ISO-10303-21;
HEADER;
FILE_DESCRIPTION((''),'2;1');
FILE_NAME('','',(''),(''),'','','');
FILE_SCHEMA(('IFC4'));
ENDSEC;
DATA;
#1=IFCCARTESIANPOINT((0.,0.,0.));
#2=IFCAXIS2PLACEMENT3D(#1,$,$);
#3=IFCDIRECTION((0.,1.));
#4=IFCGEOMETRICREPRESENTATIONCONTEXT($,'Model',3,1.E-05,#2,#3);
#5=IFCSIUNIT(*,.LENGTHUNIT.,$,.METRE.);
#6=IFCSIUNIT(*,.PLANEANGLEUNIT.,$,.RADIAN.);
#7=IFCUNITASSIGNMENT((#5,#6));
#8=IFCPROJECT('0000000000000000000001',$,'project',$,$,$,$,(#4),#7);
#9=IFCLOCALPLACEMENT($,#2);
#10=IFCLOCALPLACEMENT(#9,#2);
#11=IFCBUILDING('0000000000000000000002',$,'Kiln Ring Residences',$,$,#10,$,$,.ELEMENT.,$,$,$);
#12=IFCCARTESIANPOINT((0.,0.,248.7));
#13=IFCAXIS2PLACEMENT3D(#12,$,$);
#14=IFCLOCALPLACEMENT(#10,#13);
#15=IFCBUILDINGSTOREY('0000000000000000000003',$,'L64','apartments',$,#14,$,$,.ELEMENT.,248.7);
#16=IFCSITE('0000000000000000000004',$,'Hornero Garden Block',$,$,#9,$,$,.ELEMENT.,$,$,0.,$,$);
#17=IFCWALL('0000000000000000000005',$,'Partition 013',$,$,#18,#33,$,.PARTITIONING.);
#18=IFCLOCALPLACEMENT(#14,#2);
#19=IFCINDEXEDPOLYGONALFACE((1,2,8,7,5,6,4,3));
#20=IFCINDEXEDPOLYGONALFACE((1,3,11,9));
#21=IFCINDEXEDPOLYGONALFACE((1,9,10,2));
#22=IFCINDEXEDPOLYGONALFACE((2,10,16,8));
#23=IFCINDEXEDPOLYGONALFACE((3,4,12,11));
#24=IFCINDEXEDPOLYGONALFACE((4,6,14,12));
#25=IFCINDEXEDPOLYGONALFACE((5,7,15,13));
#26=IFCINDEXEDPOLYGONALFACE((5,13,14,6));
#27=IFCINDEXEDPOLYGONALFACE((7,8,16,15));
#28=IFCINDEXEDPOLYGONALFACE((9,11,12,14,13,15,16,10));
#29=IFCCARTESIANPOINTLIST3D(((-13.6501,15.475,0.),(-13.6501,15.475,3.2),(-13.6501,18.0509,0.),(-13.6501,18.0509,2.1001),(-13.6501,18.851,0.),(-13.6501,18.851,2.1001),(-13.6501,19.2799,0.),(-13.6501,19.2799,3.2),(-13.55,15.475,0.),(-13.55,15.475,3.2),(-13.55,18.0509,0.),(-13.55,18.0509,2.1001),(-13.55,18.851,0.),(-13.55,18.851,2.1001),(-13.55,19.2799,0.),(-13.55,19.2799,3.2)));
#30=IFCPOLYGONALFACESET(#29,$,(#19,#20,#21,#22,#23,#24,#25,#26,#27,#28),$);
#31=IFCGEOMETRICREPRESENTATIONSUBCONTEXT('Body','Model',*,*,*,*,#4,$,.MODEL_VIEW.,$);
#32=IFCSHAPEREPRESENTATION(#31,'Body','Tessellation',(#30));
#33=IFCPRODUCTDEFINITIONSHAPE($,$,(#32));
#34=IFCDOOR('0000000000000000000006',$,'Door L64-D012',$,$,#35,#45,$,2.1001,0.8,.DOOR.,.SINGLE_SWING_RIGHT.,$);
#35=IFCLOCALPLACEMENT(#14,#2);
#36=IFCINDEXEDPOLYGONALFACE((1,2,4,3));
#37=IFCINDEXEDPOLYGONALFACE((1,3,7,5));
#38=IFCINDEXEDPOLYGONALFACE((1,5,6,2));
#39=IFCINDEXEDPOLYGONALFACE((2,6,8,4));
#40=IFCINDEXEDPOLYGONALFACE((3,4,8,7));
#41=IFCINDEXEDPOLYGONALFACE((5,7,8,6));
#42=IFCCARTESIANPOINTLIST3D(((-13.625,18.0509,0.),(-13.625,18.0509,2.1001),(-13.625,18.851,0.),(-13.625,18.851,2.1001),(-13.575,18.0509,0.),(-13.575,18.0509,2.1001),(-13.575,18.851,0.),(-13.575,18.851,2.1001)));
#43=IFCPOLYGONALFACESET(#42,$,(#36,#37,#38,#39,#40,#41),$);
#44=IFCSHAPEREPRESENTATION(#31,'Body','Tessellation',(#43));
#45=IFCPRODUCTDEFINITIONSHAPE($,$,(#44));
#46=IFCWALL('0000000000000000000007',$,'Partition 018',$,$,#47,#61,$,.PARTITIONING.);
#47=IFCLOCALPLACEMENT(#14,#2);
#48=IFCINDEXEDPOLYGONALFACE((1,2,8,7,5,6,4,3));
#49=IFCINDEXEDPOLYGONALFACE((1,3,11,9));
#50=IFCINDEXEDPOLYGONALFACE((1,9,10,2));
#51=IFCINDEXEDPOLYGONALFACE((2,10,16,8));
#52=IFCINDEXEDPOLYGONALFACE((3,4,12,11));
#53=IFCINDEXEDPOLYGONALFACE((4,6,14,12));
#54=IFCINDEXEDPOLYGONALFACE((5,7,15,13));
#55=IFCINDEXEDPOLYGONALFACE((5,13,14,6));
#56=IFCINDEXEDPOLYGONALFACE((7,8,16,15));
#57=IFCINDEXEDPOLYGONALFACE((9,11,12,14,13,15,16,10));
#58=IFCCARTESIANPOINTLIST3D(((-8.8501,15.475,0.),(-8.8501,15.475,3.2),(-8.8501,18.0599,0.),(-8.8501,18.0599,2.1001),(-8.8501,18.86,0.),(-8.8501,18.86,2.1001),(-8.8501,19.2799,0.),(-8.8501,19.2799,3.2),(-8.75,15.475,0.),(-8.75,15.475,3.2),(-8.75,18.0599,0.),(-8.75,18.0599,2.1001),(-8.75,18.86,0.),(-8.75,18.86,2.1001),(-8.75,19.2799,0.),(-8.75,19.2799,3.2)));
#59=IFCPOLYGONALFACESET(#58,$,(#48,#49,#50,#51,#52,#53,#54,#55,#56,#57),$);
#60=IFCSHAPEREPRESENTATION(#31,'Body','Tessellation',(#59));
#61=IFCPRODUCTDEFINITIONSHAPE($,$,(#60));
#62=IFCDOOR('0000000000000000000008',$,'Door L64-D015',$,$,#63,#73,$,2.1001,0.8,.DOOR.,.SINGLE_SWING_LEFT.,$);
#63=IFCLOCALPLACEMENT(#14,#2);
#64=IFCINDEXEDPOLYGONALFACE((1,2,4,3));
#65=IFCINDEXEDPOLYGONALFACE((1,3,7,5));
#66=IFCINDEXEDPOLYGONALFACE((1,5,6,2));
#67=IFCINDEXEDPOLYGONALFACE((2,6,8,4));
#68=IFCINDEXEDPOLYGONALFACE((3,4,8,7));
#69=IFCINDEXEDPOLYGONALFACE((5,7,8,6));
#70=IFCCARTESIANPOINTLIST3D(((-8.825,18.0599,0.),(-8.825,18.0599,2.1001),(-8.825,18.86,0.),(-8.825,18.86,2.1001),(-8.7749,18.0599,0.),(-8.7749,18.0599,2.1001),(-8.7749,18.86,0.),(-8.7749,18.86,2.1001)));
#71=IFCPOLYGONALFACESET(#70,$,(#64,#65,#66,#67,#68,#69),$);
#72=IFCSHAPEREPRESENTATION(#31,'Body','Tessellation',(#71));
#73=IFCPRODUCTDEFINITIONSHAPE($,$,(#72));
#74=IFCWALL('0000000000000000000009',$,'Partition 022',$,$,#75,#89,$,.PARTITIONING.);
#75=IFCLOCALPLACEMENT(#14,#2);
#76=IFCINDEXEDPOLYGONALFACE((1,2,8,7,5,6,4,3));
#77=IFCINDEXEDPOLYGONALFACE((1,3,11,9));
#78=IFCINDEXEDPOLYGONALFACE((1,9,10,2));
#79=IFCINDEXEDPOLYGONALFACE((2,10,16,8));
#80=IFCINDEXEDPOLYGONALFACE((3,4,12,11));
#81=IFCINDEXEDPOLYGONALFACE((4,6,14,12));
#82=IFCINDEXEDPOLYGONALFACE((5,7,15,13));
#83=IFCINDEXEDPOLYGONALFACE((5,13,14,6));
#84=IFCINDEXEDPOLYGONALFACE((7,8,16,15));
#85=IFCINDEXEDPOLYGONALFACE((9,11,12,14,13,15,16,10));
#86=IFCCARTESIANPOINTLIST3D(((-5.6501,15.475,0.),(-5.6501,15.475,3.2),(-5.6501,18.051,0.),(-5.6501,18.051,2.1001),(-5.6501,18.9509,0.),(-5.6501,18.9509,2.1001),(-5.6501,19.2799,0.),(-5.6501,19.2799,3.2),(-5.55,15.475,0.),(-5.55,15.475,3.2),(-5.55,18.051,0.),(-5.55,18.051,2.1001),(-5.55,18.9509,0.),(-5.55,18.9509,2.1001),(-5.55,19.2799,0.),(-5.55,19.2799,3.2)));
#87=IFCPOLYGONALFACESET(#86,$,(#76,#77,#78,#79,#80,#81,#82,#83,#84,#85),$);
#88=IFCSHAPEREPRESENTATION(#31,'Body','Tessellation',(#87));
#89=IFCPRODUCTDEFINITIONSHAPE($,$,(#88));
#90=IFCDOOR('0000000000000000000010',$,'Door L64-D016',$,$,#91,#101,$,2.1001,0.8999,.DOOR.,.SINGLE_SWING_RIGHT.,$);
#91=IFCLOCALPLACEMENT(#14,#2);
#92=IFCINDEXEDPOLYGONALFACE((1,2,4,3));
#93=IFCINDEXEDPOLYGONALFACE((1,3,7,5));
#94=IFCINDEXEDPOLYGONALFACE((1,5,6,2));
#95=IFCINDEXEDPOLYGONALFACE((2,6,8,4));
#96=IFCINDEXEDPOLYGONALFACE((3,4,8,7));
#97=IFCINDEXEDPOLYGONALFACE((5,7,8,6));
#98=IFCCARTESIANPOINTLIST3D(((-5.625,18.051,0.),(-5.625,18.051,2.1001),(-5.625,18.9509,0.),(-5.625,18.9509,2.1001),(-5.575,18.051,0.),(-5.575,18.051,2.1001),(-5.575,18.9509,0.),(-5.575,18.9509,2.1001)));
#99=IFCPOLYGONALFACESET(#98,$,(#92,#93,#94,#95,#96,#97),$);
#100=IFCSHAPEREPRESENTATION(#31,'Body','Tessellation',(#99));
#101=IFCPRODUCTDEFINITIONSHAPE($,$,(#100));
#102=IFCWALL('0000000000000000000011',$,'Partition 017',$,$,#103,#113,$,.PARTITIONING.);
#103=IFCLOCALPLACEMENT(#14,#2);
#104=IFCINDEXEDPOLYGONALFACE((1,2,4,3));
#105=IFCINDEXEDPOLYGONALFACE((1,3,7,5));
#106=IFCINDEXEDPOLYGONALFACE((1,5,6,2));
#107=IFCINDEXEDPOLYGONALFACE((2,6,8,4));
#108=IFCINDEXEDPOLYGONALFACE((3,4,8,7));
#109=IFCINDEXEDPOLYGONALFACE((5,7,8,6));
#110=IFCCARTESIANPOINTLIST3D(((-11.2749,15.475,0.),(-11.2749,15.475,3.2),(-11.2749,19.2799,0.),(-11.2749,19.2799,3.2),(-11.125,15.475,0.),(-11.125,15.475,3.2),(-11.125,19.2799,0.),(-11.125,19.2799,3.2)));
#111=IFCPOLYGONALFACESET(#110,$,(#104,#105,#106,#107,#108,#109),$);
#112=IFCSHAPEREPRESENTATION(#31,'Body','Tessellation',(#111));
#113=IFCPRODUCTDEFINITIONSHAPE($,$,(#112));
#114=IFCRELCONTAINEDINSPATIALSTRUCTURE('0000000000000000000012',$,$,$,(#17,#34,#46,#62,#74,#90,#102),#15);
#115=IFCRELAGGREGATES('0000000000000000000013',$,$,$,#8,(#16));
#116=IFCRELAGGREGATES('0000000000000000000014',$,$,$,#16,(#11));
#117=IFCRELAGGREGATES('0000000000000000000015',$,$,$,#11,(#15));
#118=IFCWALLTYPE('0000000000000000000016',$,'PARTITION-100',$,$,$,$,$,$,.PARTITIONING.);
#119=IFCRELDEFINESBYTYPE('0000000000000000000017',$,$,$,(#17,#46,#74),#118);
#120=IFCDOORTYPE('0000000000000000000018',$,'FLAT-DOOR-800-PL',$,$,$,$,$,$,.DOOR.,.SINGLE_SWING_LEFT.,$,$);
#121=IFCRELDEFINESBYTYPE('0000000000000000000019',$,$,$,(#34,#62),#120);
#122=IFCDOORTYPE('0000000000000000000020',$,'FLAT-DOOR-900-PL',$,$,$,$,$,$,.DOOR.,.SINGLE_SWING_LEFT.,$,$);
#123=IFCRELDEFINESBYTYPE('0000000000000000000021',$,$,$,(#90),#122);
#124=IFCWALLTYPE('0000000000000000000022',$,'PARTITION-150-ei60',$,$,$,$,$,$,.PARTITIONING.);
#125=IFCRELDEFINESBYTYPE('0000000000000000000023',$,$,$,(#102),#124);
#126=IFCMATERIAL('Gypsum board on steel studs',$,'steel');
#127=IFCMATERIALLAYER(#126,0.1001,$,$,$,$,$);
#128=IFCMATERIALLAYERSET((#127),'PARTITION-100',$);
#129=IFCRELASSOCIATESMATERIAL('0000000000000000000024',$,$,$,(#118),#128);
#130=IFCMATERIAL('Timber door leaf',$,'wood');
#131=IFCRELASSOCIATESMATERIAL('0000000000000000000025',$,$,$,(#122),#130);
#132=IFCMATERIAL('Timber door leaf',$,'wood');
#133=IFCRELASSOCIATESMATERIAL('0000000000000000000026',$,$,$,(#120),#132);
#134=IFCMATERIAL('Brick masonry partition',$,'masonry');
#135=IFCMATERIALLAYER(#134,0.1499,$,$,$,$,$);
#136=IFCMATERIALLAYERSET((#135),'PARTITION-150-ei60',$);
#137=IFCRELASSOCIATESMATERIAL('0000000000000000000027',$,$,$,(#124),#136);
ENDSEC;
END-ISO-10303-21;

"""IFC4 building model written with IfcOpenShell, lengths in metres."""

from ifc_helpers import new_model, si_unit, direction, frame, frame_2d, origin, place, context, subcontext, project, spatial, rectangle, extrude, material, layer, layer_set, type_object, element, fill, save


model = new_model("IFC4")

# Units and contexts
model_context = context("Model", 3, precision=1e-05, world=origin(), true_north=direction((0.0, 1.0)))
body_context = subcontext(model_context, "Body", "Model", "MODEL_VIEW")
ifc_project = project(units=[si_unit("LENGTHUNIT", "METRE"), si_unit("PLANEANGLEUNIT", "RADIAN")], contexts=[model_context])

# Site, building, storey
site_placement = place(None, origin())
site = spatial("IfcSite", under=ifc_project, at=site_placement, Name="Hornero Garden Block", CompositionType="ELEMENT", RefElevation=0.0)
building_placement = place(site_placement, origin())
building = spatial("IfcBuilding", under=site, at=building_placement, Name="Kiln Ring Residences", CompositionType="ELEMENT")
storey_placement = place(building_placement, frame((0.0, 0.0, 248.7)))
storey = spatial("IfcBuildingStorey", under=building, at=storey_placement, Name="L64", Description="apartments", CompositionType="ELEMENT", Elevation=248.7)

# Walls, openings, doors
ifc_material_1 = material(Name="Gypsum board on steel studs", Category="steel")
ifc_layer_1 = layer(ifc_material_1, 0.1001)
ifc_layer_set_1 = layer_set([ifc_layer_1], Name="PARTITION-100")
wall_type_1 = type_object("IfcWallType", Name="PARTITION-100", PredefinedType="PARTITIONING", material=ifc_layer_set_1)
ifc_material_2 = material(Name="Timber door leaf", Category="wood")
door_type_1 = type_object("IfcDoorType", Name="FLAT-DOOR-900-PL", OperationType="SINGLE_SWING_LEFT", PredefinedType="DOOR", material=ifc_material_2)
wall_1_placement = place(storey_placement, frame((-13.6001, 15.4751, 0.0), z_axis=(0.0, 0.0, 1.0), x_axis=(0.0, 1.0, 0.0)))
wall_1 = element("IfcWall", 1, at=wall_1_placement, inside=storey, type_object=wall_type_1, Name="Partition 013", PredefinedType="PARTITIONING", context=body_context, shape_type="SweptSolid", body=[
    extrude(rectangle(XDim=3.8049, YDim=0.1001, at=frame_2d((1.9023, 0.0))), origin(), (0.0, 0.0, 1.0), 3.2),
])
opening_1_placement = place(wall_1_placement, frame((2.5759, 0.0, 0.0)))
opening_1 = element("IfcOpeningElement", 2, at=opening_1_placement, cuts=wall_1, PredefinedType="OPENING", context=body_context, shape_type="SweptSolid", body=[
    extrude(rectangle(XDim=0.8, YDim=2.1001, at=frame_2d((0.3999, 1.05))), frame((0.0, 0.0601, 0.0), z_axis=(0.0, -1.0, 0.0), x_axis=(1.0, 0.0, 0.0)), (0.0, 0.0, 1.0), 0.1201),
])
ifc_material_3 = material(Name="Timber door leaf", Category="wood")
door_type_2 = type_object("IfcDoorType", Name="FLAT-DOOR-800-PL", OperationType="SINGLE_SWING_LEFT", PredefinedType="DOOR", material=ifc_material_3)
door_1_placement = place(opening_1_placement, origin())
door_1 = element("IfcDoor", 3, at=door_1_placement, inside=storey, type_object=door_type_2, Name="Door L64-D012", OperationType="SINGLE_SWING_RIGHT", OverallHeight=2.1001, OverallWidth=0.8, PredefinedType="DOOR", context=body_context, shape_type="SweptSolid", body=[
    extrude(rectangle(XDim=0.8, YDim=2.1001, at=frame_2d((0.3999, 1.05))), frame((0.0, 0.0249, 0.0), z_axis=(0.0, -1.0, 0.0), x_axis=(1.0, 0.0, 0.0)), (0.0, 0.0, 1.0), 0.05),
])
fill(opening_1, door_1)
wall_2_placement = place(storey_placement, frame((-8.8, 15.4751, 0.0), z_axis=(0.0, 0.0, 1.0), x_axis=(0.0, 1.0, 0.0)))
wall_2 = element("IfcWall", 4, at=wall_2_placement, inside=storey, type_object=wall_type_1, Name="Partition 018", PredefinedType="PARTITIONING", context=body_context, shape_type="SweptSolid", body=[
    extrude(rectangle(XDim=3.8049, YDim=0.1001, at=frame_2d((1.9023, 0.0))), origin(), (0.0, 0.0, 1.0), 3.2),
])
opening_2_placement = place(wall_2_placement, frame((2.585, 0.0, 0.0)))
opening_2 = element("IfcOpeningElement", 5, at=opening_2_placement, cuts=wall_2, PredefinedType="OPENING", context=body_context, shape_type="SweptSolid", body=[
    extrude(rectangle(XDim=0.8, YDim=2.1001, at=frame_2d((0.3999, 1.05))), frame((0.0, 0.0601, 0.0), z_axis=(0.0, -1.0, 0.0), x_axis=(1.0, 0.0, 0.0)), (0.0, 0.0, 1.0), 0.1201),
])
door_2_placement = place(opening_2_placement, origin())
door_2 = element("IfcDoor", 6, at=door_2_placement, inside=storey, type_object=door_type_2, Name="Door L64-D015", OperationType="SINGLE_SWING_LEFT", OverallHeight=2.1001, OverallWidth=0.8, PredefinedType="DOOR", context=body_context, shape_type="SweptSolid", body=[
    extrude(rectangle(XDim=0.8, YDim=2.1001, at=frame_2d((0.3999, 1.05))), frame((0.0, 0.0249, 0.0), z_axis=(0.0, -1.0, 0.0), x_axis=(1.0, 0.0, 0.0)), (0.0, 0.0, 1.0), 0.05),
])
fill(opening_2, door_2)
wall_3_placement = place(storey_placement, frame((-5.6001, 15.4751, 0.0), z_axis=(0.0, 0.0, 1.0), x_axis=(0.0, 1.0, 0.0)))
wall_3 = element("IfcWall", 7, at=wall_3_placement, inside=storey, type_object=wall_type_1, Name="Partition 022", PredefinedType="PARTITIONING", context=body_context, shape_type="SweptSolid", body=[
    extrude(rectangle(XDim=3.8049, YDim=0.1001, at=frame_2d((1.9023, 0.0))), origin(), (0.0, 0.0, 1.0), 3.2),
])
opening_3_placement = place(wall_3_placement, frame((2.5759, 0.0, 0.0)))
opening_3 = element("IfcOpeningElement", 8, at=opening_3_placement, cuts=wall_3, PredefinedType="OPENING", context=body_context, shape_type="SweptSolid", body=[
    extrude(rectangle(XDim=0.8999, YDim=2.1001, at=frame_2d((0.45, 1.05))), frame((0.0, 0.0601, 0.0), z_axis=(0.0, -1.0, 0.0), x_axis=(1.0, 0.0, 0.0)), (0.0, 0.0, 1.0), 0.1201),
])
door_3_placement = place(opening_3_placement, origin())
door_3 = element("IfcDoor", 9, at=door_3_placement, inside=storey, type_object=door_type_1, Name="Door L64-D016", OperationType="SINGLE_SWING_RIGHT", OverallHeight=2.1001, OverallWidth=0.8999, PredefinedType="DOOR", context=body_context, shape_type="SweptSolid", body=[
    extrude(rectangle(XDim=0.8999, YDim=2.1001, at=frame_2d((0.45, 1.05))), frame((0.0, 0.0249, 0.0), z_axis=(0.0, -1.0, 0.0), x_axis=(1.0, 0.0, 0.0)), (0.0, 0.0, 1.0), 0.05),
])
fill(opening_3, door_3)

# Wall
ifc_material_4 = material(Name="Brick masonry partition", Category="masonry")
ifc_layer_2 = layer(ifc_material_4, 0.1499)
ifc_layer_set_2 = layer_set([ifc_layer_2], Name="PARTITION-150-ei60")
wall_type_2 = type_object("IfcWallType", Name="PARTITION-150-ei60", PredefinedType="PARTITIONING", material=ifc_layer_set_2)
wall_4_placement = place(storey_placement, frame((-11.2, 15.4751, 0.0), z_axis=(0.0, 0.0, 1.0), x_axis=(0.0, 1.0, 0.0)))
element("IfcWall", 10, at=wall_4_placement, inside=storey, type_object=wall_type_2, Name="Partition 017", PredefinedType="PARTITIONING", context=body_context, shape_type="SweptSolid", body=[
    extrude(rectangle(XDim=3.8049, YDim=0.1499, at=frame_2d((1.9023, 0.0))), origin(), (0.0, 0.0, 1.0), 3.2),
])

save(model, "model.ifc")
